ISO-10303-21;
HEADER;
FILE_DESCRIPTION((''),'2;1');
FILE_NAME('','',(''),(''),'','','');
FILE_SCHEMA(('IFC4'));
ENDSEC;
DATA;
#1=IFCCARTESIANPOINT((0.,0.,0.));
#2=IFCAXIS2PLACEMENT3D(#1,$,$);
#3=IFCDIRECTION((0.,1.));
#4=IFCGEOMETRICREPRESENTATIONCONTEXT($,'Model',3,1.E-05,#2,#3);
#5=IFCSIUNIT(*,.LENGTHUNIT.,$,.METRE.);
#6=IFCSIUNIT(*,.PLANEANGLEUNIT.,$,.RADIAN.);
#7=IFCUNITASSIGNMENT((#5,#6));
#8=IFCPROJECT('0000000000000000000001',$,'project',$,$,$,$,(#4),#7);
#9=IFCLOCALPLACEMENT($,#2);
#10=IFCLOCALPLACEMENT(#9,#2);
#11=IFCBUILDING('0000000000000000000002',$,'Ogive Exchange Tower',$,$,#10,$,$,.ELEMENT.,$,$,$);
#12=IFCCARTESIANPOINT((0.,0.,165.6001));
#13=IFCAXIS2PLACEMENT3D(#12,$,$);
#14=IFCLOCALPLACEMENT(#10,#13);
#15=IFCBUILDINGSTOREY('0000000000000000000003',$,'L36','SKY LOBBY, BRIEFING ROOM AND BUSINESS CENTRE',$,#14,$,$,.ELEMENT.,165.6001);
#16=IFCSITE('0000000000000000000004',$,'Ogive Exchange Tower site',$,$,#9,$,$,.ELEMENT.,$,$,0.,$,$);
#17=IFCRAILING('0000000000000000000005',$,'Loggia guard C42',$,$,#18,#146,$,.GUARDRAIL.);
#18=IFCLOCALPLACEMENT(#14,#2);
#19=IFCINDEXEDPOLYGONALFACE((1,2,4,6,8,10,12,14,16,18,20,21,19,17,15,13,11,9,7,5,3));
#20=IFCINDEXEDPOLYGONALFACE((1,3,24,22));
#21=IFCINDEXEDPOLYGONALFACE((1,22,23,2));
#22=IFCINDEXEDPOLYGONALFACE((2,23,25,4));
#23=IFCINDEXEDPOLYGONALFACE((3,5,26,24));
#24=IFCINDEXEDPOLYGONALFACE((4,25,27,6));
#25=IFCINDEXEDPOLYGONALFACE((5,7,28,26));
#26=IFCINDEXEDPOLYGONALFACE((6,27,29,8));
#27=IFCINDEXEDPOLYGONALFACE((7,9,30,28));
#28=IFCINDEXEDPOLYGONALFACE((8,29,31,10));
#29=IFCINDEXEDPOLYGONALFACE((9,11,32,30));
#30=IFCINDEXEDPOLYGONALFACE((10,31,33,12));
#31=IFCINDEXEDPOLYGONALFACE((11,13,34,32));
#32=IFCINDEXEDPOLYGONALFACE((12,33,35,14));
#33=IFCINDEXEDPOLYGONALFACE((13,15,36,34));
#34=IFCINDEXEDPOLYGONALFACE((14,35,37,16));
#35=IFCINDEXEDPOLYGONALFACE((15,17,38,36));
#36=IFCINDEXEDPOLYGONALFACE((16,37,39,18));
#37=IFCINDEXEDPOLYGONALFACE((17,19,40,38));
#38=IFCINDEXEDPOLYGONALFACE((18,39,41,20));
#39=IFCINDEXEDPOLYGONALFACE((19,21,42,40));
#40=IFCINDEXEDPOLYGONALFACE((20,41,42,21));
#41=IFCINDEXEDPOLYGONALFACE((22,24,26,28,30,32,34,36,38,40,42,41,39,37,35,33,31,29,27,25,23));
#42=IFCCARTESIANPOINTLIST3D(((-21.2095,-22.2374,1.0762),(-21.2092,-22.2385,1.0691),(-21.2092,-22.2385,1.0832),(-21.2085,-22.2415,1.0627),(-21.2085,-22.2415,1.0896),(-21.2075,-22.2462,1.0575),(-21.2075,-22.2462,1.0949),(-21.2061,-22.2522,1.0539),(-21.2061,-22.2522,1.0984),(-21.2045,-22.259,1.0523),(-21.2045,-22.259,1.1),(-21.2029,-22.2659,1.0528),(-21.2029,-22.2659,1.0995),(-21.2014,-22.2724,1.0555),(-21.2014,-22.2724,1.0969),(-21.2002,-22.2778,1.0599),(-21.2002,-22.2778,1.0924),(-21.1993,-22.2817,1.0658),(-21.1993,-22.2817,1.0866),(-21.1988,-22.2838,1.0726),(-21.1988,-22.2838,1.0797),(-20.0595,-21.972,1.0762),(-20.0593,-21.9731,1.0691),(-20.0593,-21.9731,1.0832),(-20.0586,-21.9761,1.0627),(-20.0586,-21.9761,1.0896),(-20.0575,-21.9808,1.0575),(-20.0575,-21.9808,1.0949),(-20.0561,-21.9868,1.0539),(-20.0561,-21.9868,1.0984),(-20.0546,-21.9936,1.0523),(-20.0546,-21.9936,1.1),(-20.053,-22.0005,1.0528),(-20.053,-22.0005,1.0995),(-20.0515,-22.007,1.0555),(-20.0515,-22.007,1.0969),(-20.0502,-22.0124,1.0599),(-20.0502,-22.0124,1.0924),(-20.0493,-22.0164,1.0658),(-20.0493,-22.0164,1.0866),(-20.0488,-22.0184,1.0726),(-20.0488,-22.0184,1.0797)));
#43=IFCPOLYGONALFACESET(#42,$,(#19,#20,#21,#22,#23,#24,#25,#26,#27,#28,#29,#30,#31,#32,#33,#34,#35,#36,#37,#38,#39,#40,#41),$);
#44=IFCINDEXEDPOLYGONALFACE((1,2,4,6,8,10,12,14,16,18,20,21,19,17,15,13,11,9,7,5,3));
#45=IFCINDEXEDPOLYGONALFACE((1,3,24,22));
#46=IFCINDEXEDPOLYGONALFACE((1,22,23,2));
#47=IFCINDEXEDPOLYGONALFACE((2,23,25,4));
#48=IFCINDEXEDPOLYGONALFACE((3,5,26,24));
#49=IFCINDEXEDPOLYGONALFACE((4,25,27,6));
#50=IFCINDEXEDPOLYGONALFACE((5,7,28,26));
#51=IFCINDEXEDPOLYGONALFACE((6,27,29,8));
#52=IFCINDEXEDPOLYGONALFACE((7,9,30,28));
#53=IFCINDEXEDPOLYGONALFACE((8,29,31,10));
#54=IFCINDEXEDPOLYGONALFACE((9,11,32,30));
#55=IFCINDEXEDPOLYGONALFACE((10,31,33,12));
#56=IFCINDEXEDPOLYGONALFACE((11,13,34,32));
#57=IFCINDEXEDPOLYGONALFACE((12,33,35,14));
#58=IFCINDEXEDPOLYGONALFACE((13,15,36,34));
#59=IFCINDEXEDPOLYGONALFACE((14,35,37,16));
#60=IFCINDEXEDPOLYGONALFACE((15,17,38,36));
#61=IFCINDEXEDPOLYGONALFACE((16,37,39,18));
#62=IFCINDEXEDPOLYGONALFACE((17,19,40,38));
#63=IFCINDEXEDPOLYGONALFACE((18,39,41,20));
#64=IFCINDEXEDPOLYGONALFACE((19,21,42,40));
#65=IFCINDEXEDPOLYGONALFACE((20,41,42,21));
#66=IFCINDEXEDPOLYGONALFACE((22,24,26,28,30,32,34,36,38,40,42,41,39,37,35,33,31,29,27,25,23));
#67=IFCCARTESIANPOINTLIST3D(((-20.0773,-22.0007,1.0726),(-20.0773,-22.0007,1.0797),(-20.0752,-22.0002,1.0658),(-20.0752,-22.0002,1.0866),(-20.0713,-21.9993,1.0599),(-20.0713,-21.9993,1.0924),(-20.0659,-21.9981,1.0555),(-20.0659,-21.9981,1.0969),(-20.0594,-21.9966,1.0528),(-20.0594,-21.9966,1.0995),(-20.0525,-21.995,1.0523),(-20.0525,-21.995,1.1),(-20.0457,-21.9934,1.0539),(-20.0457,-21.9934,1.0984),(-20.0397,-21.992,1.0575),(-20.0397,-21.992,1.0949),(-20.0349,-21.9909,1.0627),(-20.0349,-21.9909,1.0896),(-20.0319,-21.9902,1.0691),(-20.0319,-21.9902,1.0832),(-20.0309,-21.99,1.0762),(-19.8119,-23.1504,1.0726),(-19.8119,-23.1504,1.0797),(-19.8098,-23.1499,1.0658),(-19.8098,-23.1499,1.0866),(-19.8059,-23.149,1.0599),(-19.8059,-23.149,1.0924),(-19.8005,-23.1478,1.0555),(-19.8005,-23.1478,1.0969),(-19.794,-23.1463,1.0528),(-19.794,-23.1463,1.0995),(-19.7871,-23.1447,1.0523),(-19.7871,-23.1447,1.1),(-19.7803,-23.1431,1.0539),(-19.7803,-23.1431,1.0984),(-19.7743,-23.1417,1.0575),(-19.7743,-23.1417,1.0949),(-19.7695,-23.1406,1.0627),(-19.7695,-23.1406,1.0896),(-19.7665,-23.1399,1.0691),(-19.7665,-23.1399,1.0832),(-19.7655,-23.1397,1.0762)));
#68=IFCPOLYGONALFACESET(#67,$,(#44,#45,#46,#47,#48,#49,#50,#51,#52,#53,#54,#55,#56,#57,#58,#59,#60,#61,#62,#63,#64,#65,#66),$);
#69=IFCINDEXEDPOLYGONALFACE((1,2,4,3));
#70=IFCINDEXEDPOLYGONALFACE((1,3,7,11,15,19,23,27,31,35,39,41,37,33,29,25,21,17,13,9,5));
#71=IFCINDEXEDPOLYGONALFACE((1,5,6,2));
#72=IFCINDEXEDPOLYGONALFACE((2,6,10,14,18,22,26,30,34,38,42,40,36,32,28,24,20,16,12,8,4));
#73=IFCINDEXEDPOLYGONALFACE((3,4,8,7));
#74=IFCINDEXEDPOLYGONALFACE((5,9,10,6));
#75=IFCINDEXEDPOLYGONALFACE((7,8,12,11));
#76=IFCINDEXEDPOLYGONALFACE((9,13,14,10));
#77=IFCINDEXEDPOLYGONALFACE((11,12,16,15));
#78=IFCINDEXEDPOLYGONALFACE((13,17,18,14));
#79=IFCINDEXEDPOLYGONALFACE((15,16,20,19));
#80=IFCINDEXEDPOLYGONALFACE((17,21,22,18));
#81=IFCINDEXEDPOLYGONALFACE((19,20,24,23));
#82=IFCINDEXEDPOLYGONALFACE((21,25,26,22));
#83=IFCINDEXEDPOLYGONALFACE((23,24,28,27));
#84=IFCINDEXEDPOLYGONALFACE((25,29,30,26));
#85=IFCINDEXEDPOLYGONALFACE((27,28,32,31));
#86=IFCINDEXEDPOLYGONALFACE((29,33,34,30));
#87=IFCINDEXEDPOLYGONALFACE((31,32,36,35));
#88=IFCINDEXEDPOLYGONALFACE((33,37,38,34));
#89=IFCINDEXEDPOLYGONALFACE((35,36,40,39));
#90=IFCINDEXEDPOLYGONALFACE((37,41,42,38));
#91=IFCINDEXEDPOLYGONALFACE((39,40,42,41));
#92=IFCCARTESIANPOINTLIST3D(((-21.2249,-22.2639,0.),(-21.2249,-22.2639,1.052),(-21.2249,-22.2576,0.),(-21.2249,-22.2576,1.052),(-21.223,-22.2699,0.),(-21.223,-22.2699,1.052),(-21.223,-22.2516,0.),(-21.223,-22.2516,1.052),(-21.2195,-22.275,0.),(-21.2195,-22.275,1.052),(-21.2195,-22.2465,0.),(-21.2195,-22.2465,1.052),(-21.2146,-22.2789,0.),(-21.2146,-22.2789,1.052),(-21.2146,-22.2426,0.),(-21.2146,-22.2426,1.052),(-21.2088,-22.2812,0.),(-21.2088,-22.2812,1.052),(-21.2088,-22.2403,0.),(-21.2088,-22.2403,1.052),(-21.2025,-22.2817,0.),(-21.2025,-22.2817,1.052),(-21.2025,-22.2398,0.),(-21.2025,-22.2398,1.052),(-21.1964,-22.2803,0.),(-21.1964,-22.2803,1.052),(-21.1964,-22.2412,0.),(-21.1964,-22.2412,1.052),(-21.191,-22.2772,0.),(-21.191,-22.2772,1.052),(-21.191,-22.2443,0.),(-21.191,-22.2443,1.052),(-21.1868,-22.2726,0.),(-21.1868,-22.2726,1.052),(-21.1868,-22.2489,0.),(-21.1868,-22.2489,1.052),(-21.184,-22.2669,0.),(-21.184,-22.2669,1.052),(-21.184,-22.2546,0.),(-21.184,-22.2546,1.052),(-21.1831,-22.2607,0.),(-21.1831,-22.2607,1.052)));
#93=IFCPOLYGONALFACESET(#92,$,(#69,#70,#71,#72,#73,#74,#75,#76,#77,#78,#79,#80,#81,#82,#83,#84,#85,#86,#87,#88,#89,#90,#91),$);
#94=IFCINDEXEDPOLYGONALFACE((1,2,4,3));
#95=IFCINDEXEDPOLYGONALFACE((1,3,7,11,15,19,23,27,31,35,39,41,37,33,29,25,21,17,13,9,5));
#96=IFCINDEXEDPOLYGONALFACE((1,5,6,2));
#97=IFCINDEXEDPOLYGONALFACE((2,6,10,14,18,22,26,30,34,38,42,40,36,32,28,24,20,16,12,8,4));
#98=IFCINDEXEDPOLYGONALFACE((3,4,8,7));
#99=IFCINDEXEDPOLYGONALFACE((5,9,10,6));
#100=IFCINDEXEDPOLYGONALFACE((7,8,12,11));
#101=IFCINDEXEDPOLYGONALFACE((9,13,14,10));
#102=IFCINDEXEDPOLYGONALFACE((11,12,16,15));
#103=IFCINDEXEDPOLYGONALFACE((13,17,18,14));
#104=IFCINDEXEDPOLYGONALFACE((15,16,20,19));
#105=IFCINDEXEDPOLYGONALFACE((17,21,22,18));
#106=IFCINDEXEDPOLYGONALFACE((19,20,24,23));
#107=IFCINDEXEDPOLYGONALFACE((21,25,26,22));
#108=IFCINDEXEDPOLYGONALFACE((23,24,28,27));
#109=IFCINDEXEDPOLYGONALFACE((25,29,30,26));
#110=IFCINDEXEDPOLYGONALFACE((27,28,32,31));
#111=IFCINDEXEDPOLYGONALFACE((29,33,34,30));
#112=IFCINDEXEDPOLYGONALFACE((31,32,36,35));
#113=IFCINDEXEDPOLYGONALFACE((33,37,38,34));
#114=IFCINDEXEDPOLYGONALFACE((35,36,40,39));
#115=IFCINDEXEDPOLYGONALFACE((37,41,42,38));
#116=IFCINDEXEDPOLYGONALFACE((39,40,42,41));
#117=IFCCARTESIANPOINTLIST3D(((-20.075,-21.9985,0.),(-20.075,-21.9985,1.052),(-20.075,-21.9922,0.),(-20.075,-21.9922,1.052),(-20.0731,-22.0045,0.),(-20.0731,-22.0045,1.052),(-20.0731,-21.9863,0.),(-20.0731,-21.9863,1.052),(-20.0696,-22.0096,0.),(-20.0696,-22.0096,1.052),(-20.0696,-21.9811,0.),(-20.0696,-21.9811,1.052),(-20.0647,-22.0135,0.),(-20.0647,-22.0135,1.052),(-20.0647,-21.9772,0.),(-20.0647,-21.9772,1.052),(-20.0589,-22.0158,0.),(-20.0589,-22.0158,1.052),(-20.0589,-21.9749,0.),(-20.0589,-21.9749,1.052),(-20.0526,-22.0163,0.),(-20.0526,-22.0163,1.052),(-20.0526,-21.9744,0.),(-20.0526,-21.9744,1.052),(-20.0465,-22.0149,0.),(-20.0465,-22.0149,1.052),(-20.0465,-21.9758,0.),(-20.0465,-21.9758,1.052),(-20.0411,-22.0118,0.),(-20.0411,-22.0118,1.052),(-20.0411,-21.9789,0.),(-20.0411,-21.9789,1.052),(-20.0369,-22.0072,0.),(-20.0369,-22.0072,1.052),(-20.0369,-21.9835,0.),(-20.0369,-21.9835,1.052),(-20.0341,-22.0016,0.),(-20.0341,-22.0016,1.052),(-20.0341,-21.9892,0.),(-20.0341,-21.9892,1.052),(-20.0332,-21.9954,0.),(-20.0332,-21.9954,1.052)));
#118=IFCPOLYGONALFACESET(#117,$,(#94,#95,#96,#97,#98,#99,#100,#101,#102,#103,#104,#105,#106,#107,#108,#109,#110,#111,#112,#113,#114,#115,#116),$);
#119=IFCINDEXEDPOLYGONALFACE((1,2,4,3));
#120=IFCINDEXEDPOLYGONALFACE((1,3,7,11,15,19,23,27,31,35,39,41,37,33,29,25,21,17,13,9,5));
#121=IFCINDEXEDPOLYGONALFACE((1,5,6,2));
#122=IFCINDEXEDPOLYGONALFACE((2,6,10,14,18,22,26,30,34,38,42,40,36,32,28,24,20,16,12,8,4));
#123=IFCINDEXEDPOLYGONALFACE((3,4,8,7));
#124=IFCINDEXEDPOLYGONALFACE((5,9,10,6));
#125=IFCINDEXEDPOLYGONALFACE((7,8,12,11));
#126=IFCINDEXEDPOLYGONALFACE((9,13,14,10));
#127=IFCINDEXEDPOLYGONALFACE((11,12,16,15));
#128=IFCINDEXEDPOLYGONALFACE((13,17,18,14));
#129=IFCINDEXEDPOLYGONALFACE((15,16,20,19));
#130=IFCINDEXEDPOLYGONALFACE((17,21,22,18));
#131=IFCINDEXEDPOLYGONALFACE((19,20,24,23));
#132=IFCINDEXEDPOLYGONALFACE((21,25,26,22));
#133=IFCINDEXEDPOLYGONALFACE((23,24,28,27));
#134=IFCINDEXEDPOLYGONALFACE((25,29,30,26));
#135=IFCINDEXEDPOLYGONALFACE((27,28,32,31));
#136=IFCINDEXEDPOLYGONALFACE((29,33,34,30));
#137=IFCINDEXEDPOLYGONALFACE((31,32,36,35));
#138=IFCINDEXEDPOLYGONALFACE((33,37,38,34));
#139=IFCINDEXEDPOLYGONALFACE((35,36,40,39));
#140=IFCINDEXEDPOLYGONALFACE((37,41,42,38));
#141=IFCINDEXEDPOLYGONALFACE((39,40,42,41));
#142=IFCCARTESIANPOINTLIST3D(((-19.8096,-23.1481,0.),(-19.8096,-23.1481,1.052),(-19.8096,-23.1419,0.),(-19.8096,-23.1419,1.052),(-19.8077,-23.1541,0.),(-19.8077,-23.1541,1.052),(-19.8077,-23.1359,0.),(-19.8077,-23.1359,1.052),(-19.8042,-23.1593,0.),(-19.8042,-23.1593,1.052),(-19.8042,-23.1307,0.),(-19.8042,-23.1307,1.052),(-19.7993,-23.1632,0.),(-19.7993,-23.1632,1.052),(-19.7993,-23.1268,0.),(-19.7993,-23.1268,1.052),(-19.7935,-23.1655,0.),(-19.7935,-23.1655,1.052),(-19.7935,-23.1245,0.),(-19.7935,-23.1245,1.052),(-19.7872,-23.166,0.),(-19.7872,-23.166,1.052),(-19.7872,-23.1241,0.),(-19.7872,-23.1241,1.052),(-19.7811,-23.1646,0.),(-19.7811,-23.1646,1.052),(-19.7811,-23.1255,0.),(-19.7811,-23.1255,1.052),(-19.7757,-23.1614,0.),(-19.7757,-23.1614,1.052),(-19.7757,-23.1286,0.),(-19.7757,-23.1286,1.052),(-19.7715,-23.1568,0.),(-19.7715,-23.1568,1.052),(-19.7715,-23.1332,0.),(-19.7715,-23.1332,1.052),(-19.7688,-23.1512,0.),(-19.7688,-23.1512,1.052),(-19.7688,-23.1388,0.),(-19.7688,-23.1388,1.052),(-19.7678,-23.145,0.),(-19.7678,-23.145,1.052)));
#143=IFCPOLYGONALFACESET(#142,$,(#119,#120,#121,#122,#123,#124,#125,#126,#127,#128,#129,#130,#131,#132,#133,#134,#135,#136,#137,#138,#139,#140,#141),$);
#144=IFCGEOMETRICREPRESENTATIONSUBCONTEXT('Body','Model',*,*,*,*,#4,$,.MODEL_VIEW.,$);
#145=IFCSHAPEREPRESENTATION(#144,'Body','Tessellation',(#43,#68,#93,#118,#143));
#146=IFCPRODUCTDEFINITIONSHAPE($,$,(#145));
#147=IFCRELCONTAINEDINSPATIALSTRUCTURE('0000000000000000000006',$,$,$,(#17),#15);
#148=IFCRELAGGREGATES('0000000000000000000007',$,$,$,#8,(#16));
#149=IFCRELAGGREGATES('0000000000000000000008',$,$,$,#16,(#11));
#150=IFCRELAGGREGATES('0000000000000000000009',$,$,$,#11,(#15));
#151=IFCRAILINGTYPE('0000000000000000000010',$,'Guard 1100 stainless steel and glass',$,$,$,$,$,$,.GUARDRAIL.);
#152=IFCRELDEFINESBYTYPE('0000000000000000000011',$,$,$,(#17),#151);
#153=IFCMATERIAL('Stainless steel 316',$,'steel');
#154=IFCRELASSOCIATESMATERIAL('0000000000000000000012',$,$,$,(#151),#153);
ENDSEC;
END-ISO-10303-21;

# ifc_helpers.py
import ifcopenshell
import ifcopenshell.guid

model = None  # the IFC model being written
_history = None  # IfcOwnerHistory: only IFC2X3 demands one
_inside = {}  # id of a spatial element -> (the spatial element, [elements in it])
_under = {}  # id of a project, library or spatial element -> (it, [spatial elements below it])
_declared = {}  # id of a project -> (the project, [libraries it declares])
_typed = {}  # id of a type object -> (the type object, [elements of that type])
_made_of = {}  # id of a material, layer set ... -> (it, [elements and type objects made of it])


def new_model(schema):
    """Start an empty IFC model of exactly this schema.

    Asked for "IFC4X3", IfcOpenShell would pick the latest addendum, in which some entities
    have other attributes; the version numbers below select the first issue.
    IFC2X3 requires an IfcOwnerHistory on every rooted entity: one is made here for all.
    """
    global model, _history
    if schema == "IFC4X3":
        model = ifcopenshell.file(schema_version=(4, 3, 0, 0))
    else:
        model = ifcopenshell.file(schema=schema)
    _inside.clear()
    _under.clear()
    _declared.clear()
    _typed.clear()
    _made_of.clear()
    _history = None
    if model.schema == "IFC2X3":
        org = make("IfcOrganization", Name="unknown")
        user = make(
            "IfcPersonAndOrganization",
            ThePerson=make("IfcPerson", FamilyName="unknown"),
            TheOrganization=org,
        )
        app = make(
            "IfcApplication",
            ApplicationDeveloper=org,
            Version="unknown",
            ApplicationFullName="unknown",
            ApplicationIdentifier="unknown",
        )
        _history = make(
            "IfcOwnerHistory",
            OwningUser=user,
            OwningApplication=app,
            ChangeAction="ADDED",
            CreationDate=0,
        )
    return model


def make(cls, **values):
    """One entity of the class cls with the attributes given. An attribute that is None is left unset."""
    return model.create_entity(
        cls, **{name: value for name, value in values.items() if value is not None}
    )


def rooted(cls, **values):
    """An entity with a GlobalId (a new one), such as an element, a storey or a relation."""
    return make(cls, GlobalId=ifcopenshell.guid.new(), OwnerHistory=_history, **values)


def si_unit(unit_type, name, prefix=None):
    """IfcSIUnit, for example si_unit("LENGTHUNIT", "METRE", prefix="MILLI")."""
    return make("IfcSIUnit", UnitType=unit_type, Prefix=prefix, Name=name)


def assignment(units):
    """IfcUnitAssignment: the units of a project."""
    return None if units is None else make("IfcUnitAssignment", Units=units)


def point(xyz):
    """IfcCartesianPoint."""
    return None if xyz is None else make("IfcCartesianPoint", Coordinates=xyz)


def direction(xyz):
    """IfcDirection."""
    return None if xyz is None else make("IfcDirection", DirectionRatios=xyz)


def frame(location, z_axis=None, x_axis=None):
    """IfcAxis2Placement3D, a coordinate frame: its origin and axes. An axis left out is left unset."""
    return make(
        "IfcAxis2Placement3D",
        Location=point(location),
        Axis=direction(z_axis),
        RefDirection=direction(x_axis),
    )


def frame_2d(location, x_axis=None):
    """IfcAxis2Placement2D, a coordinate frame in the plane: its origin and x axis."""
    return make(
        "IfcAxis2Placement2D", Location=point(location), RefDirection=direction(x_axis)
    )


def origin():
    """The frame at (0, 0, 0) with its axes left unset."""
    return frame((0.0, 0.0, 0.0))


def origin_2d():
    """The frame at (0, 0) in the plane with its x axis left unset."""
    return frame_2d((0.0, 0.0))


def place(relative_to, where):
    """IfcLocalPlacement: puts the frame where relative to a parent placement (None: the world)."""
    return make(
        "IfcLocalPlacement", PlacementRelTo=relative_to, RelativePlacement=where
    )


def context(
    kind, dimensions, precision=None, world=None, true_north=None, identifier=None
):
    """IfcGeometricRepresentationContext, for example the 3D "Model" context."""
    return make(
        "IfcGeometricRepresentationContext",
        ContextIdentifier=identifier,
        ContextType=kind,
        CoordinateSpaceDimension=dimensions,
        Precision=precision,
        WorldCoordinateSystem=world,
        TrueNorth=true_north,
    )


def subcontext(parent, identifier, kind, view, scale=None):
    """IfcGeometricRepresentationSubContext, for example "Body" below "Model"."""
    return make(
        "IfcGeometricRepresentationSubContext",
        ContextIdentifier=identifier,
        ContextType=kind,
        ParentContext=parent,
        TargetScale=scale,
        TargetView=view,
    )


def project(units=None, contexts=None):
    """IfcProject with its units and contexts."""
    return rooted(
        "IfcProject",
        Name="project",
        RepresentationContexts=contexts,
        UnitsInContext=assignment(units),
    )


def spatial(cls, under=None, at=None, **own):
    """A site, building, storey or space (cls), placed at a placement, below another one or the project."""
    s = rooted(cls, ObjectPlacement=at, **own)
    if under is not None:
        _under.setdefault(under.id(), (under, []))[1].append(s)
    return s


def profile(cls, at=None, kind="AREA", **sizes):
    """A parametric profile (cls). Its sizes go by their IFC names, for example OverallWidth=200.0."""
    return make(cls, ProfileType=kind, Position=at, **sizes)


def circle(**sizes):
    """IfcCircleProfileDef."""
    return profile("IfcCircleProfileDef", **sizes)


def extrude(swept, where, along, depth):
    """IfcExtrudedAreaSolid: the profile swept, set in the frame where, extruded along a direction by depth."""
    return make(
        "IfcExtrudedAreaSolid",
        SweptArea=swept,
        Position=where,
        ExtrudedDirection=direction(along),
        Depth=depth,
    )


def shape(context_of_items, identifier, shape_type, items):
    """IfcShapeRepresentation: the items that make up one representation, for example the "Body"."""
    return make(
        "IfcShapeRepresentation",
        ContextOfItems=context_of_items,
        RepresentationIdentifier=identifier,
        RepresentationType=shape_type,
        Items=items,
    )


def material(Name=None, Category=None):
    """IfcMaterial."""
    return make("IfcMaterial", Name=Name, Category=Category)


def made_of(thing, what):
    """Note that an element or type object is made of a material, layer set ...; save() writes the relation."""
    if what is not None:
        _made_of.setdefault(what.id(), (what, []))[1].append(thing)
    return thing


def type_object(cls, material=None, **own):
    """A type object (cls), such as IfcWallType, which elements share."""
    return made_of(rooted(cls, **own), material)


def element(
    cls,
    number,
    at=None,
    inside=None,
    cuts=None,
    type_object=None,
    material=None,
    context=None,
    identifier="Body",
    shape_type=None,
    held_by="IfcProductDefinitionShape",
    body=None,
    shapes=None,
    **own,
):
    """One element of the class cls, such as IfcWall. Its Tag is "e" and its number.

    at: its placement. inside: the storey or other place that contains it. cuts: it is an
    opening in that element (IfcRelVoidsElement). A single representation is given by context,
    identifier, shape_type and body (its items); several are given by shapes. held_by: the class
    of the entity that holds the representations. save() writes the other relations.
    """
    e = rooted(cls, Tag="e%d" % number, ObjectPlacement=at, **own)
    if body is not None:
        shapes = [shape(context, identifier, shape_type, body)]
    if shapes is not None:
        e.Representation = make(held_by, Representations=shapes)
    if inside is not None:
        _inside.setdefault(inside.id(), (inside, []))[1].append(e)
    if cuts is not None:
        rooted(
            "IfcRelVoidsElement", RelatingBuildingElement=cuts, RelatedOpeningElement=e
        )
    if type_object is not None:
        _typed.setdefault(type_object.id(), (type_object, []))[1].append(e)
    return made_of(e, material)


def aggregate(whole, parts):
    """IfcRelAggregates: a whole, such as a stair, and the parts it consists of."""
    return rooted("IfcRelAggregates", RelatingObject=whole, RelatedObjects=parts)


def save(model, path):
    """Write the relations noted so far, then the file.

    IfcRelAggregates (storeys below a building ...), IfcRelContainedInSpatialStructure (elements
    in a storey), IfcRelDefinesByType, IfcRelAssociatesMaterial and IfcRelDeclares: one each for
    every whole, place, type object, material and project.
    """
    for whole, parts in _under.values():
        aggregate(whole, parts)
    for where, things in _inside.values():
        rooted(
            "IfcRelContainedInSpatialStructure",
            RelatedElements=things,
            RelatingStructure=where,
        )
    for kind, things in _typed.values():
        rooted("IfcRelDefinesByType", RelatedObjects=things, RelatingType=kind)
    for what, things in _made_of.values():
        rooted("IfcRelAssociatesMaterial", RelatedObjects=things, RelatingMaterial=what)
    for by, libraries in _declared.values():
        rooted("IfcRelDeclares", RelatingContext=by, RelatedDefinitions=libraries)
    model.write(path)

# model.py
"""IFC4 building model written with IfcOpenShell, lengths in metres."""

from ifc_helpers import new_model, si_unit, direction, frame, origin, origin_2d, place, context, subcontext, project, spatial, circle, extrude, material, type_object, element, save


model = new_model("IFC4")

# Units and contexts
model_context = context("Model", 3, precision=1e-05, world=origin(), true_north=direction((0.0, 1.0)))
body_context = subcontext(model_context, "Body", "Model", "MODEL_VIEW")
ifc_project = project(units=[si_unit("LENGTHUNIT", "METRE"), si_unit("PLANEANGLEUNIT", "RADIAN")], contexts=[model_context])

# Site, building, storey
site_placement = place(None, origin())
site = spatial("IfcSite", under=ifc_project, at=site_placement, Name="Ogive Exchange Tower site", CompositionType="ELEMENT", RefElevation=0.0)
building_placement = place(site_placement, origin())
building = spatial("IfcBuilding", under=site, at=building_placement, Name="Ogive Exchange Tower", CompositionType="ELEMENT")
storey_placement = place(building_placement, frame((0.0, 0.0, 165.6001)))
storey = spatial("IfcBuildingStorey", under=building, at=storey_placement, Name="L36", Description="SKY LOBBY, BRIEFING ROOM AND BUSINESS CENTRE", CompositionType="ELEMENT", Elevation=165.6001)

# Railing
ifc_material_1 = material(Name="Stainless steel 316", Category="steel")
railing_type = type_object("IfcRailingType", Name="Guard 1100 stainless steel and glass", PredefinedType="GUARDRAIL", material=ifc_material_1)
railing_1_placement = place(storey_placement, frame((-21.2041, -22.2607, 0.0)))
element("IfcRailing", 1, at=railing_1_placement, inside=storey, type_object=railing_type, Name="Loggia guard C42", PredefinedType="GUARDRAIL", context=body_context, shape_type="SweptSolid", body=[
    extrude(circle(Radius=0.0239, at=origin_2d()), frame((0.0, 0.0, 1.0762), z_axis=(0.974388, 0.224875, 0.0), x_axis=(-0.224875, 0.974388, 0.0)), (0.0, 0.0, 1.0), 1.1802),
    extrude(circle(Radius=0.0239, at=origin_2d()), frame((1.1499, 0.2654, 1.0762), z_axis=(0.22492, -0.974377, 0.0), x_axis=(0.974377, 0.22492, 0.0)), (0.0, 0.0, 1.0), 1.1799),
    extrude(circle(Radius=0.021, at=origin_2d()), origin(), (0.0, 0.0, 1.0), 1.052),
    extrude(circle(Radius=0.021, at=origin_2d()), frame((1.1499, 0.2654, 0.0)), (0.0, 0.0, 1.0), 1.052),
    extrude(circle(Radius=0.021, at=origin_2d()), frame((1.4153, -0.8843, 0.0)), (0.0, 0.0, 1.0), 1.052),
])

save(model, "model.ifc")
